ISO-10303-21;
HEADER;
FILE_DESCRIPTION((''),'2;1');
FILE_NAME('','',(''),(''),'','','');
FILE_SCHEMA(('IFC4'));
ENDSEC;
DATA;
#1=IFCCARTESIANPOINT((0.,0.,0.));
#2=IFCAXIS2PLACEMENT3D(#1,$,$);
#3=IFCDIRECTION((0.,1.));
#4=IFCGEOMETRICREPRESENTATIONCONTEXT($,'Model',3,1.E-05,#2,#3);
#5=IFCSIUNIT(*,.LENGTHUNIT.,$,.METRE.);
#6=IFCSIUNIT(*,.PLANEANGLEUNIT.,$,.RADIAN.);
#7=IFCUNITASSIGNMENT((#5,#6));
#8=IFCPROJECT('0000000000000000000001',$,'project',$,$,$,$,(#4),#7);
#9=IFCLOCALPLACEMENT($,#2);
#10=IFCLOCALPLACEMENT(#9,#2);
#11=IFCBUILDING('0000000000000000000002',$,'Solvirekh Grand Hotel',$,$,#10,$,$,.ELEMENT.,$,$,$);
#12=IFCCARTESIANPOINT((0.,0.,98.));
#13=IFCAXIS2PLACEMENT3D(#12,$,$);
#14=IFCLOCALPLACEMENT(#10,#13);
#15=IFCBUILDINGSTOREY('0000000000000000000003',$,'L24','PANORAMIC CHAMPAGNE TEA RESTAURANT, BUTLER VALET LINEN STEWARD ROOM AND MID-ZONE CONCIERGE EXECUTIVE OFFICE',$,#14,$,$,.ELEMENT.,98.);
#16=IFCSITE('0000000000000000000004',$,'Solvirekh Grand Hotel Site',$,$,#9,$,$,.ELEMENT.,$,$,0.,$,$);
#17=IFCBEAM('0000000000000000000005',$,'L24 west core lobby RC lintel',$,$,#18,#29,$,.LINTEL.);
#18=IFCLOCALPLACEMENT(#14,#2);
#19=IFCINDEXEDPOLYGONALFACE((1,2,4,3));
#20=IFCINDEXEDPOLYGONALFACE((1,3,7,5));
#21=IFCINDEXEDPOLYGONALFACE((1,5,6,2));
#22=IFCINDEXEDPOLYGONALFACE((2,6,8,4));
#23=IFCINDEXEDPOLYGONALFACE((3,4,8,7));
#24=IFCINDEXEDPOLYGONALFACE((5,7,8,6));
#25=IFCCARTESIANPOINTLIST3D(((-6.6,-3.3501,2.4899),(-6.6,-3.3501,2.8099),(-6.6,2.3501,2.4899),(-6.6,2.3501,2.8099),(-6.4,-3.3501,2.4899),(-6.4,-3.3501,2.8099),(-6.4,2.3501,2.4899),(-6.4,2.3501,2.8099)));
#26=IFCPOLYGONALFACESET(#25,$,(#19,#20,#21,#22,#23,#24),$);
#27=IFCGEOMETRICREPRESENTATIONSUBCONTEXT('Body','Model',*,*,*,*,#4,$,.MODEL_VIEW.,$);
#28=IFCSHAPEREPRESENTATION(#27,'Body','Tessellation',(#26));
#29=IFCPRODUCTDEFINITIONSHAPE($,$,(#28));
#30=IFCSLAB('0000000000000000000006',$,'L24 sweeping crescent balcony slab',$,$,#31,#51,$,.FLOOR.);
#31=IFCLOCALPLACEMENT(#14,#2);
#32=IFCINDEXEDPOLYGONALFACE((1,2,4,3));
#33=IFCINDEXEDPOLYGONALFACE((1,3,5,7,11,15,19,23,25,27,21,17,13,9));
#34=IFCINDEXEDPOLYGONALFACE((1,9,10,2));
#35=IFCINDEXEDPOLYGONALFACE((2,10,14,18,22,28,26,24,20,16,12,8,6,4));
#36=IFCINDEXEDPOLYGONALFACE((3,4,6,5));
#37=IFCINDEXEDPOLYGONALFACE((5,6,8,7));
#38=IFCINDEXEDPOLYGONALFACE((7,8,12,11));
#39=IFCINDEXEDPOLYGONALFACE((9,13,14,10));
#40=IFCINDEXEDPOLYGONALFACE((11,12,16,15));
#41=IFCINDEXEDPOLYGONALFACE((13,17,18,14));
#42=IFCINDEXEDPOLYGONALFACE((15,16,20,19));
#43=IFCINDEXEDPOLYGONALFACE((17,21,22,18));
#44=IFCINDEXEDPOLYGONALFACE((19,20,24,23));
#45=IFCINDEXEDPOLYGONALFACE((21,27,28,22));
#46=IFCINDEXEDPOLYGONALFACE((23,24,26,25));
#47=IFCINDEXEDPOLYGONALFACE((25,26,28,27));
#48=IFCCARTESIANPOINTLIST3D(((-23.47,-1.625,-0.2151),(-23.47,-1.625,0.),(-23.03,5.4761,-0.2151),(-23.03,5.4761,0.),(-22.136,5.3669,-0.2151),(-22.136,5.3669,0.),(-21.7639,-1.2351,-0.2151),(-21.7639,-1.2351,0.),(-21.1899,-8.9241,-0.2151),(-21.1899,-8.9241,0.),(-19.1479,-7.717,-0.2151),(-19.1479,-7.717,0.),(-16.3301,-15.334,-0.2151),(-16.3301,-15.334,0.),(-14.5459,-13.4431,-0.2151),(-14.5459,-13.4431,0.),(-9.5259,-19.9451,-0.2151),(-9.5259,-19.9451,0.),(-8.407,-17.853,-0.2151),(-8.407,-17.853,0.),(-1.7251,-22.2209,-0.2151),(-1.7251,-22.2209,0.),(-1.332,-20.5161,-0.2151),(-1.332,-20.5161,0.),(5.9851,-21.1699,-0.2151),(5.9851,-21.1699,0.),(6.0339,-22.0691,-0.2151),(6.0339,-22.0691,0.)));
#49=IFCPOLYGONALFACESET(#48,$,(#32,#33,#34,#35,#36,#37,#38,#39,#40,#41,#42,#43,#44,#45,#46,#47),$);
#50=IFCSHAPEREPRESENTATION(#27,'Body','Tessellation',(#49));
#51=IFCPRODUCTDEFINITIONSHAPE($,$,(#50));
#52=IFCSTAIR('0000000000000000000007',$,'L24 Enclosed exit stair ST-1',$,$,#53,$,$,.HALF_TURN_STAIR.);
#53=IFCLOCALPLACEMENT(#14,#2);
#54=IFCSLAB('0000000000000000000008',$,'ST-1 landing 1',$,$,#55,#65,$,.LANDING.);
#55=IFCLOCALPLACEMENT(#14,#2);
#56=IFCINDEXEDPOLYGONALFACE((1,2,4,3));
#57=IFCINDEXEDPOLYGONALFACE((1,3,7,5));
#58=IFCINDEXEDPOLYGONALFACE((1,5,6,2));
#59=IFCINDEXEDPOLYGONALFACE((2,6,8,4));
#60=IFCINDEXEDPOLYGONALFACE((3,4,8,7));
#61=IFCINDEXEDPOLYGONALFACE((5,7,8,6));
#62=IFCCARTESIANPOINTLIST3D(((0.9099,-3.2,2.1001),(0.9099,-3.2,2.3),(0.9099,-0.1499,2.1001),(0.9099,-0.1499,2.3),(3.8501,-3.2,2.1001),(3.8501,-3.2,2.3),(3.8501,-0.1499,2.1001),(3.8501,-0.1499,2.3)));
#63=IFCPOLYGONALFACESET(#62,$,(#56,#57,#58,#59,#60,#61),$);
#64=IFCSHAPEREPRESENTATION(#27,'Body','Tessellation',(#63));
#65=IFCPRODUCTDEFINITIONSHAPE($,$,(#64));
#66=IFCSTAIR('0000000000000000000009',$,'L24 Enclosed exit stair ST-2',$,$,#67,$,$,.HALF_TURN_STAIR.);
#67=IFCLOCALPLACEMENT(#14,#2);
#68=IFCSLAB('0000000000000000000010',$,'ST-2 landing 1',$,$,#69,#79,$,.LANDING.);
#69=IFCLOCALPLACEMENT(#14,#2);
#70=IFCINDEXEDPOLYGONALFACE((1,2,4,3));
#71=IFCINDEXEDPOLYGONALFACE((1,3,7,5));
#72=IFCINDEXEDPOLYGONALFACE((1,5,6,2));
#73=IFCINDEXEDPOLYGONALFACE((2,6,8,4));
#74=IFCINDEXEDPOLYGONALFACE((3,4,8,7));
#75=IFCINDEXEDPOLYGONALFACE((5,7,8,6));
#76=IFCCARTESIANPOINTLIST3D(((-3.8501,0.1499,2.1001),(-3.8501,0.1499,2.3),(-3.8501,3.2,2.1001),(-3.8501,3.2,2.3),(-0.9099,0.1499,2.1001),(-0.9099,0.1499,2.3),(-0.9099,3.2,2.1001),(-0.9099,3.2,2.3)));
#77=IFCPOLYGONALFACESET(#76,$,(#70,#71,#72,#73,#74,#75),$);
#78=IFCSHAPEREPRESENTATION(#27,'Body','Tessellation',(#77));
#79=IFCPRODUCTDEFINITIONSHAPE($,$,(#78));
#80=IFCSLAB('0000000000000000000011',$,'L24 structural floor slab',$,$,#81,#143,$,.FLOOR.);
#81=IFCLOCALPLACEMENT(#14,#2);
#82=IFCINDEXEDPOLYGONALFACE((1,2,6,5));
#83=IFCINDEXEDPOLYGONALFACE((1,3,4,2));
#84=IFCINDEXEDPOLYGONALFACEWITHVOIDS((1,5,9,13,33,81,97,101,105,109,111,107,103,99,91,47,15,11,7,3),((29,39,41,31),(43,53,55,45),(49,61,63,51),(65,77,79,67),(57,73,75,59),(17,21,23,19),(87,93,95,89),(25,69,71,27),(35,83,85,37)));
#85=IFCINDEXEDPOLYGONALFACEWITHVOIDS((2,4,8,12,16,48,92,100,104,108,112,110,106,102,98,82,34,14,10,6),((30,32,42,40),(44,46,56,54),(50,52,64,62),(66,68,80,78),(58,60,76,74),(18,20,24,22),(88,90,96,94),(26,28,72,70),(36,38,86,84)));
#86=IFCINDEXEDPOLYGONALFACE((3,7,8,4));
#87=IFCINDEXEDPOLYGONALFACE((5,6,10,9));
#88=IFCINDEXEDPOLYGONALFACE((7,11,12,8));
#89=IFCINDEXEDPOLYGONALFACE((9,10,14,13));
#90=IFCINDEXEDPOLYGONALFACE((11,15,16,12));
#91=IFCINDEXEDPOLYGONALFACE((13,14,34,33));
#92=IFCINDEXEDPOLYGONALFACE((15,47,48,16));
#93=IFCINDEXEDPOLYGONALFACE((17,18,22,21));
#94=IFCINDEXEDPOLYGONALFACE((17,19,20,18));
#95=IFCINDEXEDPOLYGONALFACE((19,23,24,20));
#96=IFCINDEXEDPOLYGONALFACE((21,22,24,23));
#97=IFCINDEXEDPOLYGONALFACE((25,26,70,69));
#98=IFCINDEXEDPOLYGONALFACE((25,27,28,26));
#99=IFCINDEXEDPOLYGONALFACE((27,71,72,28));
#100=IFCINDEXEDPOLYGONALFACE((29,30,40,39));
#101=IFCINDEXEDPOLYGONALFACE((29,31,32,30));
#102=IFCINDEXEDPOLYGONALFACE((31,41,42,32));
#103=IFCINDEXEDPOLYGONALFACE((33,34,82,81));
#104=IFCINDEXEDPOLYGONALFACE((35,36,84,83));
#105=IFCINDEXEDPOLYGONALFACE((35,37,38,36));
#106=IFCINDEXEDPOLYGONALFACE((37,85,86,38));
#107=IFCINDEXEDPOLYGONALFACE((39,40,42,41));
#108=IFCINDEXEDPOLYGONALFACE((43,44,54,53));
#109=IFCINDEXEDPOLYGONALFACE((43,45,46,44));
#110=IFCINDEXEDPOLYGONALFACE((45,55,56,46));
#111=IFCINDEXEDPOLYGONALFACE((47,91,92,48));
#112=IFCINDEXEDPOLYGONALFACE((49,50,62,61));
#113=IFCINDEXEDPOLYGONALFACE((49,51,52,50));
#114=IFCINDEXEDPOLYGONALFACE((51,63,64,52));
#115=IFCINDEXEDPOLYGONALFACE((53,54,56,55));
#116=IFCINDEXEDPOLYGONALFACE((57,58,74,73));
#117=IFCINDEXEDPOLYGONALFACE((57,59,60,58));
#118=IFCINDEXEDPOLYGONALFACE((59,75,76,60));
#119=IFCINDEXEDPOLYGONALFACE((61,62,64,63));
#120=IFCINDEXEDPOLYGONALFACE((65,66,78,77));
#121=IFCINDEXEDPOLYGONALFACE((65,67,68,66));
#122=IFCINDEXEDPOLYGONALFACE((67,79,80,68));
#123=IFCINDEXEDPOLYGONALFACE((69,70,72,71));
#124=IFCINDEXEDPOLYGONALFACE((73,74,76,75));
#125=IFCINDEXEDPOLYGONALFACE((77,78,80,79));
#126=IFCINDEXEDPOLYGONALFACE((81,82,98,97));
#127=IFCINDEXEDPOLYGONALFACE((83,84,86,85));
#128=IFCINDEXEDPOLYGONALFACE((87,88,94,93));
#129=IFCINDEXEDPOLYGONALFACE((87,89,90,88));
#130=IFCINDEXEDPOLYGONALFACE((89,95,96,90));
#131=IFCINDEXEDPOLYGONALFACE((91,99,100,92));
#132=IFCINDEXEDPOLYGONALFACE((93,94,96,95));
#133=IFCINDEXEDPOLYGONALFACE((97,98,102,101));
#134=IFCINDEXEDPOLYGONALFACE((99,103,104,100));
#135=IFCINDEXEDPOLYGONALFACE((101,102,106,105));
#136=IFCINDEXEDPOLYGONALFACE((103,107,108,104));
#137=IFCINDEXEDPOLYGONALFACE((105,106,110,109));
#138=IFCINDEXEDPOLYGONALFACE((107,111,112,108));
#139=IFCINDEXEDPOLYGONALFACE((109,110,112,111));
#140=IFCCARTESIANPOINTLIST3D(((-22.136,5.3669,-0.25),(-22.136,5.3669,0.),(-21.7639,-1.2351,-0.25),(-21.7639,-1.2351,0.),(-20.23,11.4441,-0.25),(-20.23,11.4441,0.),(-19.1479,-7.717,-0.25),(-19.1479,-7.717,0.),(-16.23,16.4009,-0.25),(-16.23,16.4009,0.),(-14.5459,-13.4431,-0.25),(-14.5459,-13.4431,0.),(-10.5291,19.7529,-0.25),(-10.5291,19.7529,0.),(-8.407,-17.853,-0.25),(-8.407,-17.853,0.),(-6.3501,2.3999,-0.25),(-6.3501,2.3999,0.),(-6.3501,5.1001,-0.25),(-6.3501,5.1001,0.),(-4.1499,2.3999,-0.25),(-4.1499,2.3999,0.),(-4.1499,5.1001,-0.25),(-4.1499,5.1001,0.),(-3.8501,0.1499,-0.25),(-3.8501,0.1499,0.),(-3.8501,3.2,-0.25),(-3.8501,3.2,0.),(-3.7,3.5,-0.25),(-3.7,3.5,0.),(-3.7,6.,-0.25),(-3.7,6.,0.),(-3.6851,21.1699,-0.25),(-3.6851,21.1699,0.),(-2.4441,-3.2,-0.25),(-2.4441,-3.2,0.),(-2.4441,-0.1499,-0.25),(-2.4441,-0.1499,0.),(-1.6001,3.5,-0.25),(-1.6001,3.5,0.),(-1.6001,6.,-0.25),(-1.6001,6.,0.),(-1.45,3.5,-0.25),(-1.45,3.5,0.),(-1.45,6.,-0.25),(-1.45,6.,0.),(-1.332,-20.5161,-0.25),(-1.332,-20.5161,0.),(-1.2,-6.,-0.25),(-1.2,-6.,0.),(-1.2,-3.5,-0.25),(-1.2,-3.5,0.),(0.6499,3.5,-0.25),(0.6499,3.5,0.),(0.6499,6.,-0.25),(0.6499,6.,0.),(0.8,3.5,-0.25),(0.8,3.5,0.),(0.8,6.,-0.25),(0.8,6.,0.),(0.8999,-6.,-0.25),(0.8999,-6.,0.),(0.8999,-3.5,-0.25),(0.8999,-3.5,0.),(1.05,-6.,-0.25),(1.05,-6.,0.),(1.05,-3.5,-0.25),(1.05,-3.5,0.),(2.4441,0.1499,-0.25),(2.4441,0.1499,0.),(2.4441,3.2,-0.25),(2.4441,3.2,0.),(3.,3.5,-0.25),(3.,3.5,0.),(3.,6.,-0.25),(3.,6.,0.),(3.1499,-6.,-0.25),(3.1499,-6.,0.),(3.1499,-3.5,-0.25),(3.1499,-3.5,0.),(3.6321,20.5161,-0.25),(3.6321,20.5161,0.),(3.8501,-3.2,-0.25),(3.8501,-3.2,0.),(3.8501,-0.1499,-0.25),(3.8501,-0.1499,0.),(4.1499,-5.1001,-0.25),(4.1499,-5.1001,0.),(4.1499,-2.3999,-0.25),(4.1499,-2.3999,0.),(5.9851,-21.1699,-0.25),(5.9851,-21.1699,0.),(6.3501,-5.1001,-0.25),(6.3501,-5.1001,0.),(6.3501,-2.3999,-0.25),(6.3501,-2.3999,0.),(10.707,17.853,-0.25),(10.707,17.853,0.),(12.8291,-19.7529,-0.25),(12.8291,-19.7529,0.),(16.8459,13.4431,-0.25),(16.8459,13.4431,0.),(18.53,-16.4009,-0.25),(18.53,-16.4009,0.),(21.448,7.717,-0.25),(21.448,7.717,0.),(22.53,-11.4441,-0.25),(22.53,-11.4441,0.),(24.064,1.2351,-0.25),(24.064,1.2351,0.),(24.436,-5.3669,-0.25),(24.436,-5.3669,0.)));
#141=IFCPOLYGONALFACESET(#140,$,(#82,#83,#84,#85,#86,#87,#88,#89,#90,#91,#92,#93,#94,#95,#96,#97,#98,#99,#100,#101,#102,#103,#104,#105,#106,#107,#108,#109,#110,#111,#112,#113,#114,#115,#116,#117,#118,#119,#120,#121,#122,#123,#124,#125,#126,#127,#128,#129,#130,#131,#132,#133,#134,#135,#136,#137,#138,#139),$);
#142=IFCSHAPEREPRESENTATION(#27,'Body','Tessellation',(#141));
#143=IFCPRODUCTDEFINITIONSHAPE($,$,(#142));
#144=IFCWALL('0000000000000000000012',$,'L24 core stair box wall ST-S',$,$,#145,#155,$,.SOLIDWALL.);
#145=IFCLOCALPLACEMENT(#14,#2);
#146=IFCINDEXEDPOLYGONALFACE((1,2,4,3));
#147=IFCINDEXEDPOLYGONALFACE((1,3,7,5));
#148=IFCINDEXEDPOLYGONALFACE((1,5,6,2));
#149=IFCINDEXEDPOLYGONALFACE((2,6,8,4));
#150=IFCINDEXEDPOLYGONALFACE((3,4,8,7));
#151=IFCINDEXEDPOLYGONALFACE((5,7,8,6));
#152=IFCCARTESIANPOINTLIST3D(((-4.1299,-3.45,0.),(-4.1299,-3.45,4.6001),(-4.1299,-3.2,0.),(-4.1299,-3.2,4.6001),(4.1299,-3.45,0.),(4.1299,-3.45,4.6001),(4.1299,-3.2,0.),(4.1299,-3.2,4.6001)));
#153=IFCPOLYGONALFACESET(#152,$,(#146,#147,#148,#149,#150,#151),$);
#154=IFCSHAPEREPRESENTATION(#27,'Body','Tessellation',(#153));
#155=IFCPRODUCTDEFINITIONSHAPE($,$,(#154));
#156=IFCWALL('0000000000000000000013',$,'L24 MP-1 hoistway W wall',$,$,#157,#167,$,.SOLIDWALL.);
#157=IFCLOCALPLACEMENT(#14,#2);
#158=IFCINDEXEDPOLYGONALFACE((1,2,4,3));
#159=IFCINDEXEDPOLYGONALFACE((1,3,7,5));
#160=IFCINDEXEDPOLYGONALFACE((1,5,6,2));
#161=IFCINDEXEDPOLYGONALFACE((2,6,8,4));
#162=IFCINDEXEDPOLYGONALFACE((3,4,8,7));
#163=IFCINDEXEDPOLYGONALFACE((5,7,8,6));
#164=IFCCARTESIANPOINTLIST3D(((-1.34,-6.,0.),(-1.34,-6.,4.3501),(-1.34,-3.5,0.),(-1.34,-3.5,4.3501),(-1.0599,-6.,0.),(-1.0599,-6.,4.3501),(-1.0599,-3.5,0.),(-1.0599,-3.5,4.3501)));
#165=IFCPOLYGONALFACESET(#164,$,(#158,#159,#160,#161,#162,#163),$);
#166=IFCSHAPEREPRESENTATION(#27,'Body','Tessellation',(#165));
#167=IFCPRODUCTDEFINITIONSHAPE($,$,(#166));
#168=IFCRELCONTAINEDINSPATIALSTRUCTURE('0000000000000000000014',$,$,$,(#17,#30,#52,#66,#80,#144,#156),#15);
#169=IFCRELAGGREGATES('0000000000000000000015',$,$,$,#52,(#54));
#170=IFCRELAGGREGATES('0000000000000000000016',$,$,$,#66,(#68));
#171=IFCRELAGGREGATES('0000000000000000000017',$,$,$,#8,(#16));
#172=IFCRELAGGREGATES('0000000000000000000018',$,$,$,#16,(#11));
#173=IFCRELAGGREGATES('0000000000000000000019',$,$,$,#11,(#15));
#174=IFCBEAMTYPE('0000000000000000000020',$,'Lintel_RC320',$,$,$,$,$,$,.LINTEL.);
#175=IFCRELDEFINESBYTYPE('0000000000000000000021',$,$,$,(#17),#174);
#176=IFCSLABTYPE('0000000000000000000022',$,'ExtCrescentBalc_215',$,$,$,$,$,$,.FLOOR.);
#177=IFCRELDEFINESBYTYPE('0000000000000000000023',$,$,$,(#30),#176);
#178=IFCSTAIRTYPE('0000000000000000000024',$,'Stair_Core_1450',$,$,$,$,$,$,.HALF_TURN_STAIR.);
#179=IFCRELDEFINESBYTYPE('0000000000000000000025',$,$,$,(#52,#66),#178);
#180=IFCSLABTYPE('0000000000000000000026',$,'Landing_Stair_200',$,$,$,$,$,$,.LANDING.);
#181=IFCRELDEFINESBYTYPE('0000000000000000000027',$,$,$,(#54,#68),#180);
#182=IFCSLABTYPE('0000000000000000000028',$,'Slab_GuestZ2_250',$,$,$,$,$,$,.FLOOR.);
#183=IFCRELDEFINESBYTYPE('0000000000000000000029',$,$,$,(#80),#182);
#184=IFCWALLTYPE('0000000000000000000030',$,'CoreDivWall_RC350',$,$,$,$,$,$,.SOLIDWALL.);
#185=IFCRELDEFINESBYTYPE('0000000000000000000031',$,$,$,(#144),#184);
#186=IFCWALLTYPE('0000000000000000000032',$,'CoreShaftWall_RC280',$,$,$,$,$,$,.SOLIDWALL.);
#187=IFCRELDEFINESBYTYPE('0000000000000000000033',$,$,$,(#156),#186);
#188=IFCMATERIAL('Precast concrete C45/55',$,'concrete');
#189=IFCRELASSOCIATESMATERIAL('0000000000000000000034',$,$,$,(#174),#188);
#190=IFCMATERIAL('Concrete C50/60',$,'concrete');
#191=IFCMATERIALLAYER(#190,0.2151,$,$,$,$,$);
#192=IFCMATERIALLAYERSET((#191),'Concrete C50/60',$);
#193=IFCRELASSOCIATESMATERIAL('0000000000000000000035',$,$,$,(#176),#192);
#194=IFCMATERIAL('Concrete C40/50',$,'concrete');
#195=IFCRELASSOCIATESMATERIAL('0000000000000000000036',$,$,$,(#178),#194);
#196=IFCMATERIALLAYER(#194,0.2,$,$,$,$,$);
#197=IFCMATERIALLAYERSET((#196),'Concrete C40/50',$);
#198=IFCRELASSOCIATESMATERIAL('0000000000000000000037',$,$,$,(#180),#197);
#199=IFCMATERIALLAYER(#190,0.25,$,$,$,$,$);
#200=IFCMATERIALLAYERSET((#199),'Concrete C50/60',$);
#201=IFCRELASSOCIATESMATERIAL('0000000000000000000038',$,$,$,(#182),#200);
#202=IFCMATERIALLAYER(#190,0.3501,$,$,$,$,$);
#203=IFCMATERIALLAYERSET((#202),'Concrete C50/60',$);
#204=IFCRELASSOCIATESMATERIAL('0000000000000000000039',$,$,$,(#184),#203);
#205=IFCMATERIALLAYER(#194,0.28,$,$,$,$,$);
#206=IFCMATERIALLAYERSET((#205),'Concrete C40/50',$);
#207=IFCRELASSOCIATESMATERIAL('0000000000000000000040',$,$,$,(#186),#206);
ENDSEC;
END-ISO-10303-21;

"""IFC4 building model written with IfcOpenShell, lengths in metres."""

from ifc_helpers import new_model, si_unit, direction, frame, frame_2d, origin, origin_2d, place, context, subcontext, project, spatial, polyline, rectangle, outline, extrude, material, layer, layer_set, material_profile, profile_set, type_object, element, aggregate, save


model = new_model("IFC4")

# Units and contexts
model_context = context("Model", 3, precision=1e-05, world=origin(), true_north=direction((0.0, 1.0)))
body_context = subcontext(model_context, "Body", "Model", "MODEL_VIEW")
ifc_project = project(units=[si_unit("LENGTHUNIT", "METRE"), si_unit("PLANEANGLEUNIT", "RADIAN")], contexts=[model_context])

# Site, building, storey
site_placement = place(None, origin())
site = spatial("IfcSite", under=ifc_project, at=site_placement, Name="Solvirekh Grand Hotel Site", CompositionType="ELEMENT", RefElevation=0.0)
building_placement = place(site_placement, origin())
building = spatial("IfcBuilding", under=site, at=building_placement, Name="Solvirekh Grand Hotel", CompositionType="ELEMENT")
storey_placement = place(building_placement, frame((0.0, 0.0, 98.0)))
storey = spatial("IfcBuildingStorey", under=building, at=storey_placement, Name="L24", Description="PANORAMIC CHAMPAGNE TEA RESTAURANT, BUTLER VALET LINEN STEWARD ROOM AND MID-ZONE CONCIERGE EXECUTIVE OFFICE", CompositionType="ELEMENT", Elevation=98.0)

# Beam
ifc_material_1 = material(Name="Precast concrete C45/55", Category="concrete")
ifc_material_profile = material_profile(ifc_material_1, rectangle(XDim=0.2, YDim=0.3201, at=origin_2d()), Name="RC LINTEL 200X320")
ifc_profile_set = profile_set([ifc_material_profile], Name="Precast concrete C45/55")
beam_type = type_object("IfcBeamType", Name="Lintel_RC320", PredefinedType="LINTEL", material=ifc_profile_set)
beam_placement = place(storey_placement, frame((-6.5, -3.3501, 2.6499), z_axis=(0.0, 1.0, 0.0), x_axis=(-1.0, 0.0, 0.0)))
element("IfcBeam", 1, at=beam_placement, inside=storey, type_object=beam_type, Name="L24 west core lobby RC lintel", PredefinedType="LINTEL", context=body_context, shape_type="SweptSolid", body=[
    extrude(rectangle(XDim=0.2, YDim=0.3201, at=origin_2d()), origin(), (0.0, 0.0, 1.0), 5.7002),
])

# Slab
ifc_material_2 = material(Name="Concrete C50/60", Category="concrete")
ifc_layer_1 = layer(ifc_material_2, 0.2151)
ifc_layer_set_1 = layer_set([ifc_layer_1], Name="Concrete C50/60")
slab_type_1 = type_object("IfcSlabType", Name="ExtCrescentBalc_215", PredefinedType="FLOOR", material=ifc_layer_set_1)
slab_1_placement = place(storey_placement, frame((0.0, 0.0, -0.2151)))
element("IfcSlab", 2, at=slab_1_placement, inside=storey, type_object=slab_type_1, Name="L24 sweeping crescent balcony slab", PredefinedType="FLOOR", context=body_context, shape_type="SweptSolid", body=[
    extrude(outline(polyline([(-23.03, 5.4761), (-23.47, -1.625), (-21.1899, -8.9241), (-16.3301, -15.334), (-9.5259, -19.9451), (-1.7251, -22.2209), (6.0339, -22.0691), (5.9851, -21.1699), (-1.332, -20.5161), (-8.407, -17.853), (-14.5459, -13.4431), (-19.1479, -7.717), (-21.7639, -1.2351), (-22.136, 5.3669), (-23.03, 5.4761)])), origin(), (0.0, 0.0, 1.0), 0.2151),
])

# Stairs, slabs
ifc_material_3 = material(Name="Concrete C40/50", Category="concrete")
stair_type = type_object("IfcStairType", Name="Stair_Core_1450", PredefinedType="HALF_TURN_STAIR", material=ifc_material_3)
stair_1_placement = place(storey_placement, origin())
stair_1 = element("IfcStair", 3, at=stair_1_placement, inside=storey, type_object=stair_type, Name="L24 Enclosed exit stair ST-1", PredefinedType="HALF_TURN_STAIR")
ifc_layer_2 = layer(ifc_material_3, 0.2)
ifc_layer_set_2 = layer_set([ifc_layer_2], Name="Concrete C40/50")
slab_type_2 = type_object("IfcSlabType", Name="Landing_Stair_200", PredefinedType="LANDING", material=ifc_layer_set_2)
slab_2_placement = place(storey_placement, frame((0.0, 0.0, 2.1001)))
slab_2 = element("IfcSlab", 4, at=slab_2_placement, type_object=slab_type_2, Name="ST-1 landing 1", PredefinedType="LANDING", context=body_context, shape_type="SweptSolid", body=[
    extrude(outline(polyline([(0.9099, -3.2), (3.8501, -3.2), (3.8501, -0.1499), (0.9099, -0.1499), (0.9099, -3.2)])), origin(), (0.0, 0.0, 1.0), 0.2),
])
stair_2_placement = place(storey_placement, origin())
stair_2 = element("IfcStair", 5, at=stair_2_placement, inside=storey, type_object=stair_type, Name="L24 Enclosed exit stair ST-2", PredefinedType="HALF_TURN_STAIR")
slab_3_placement = place(storey_placement, frame((0.0, 0.0, 2.1001)))
slab_3 = element("IfcSlab", 6, at=slab_3_placement, type_object=slab_type_2, Name="ST-2 landing 1", PredefinedType="LANDING", context=body_context, shape_type="SweptSolid", body=[
    extrude(outline(polyline([(-0.9099, 3.2), (-3.8501, 3.2), (-3.8501, 0.1499), (-0.9099, 0.1499), (-0.9099, 3.2)])), origin(), (0.0, 0.0, 1.0), 0.2),
])

# Slab
ifc_layer_3 = layer(ifc_material_2, 0.25)
ifc_layer_set_3 = layer_set([ifc_layer_3], Name="Concrete C50/60")
slab_type_3 = type_object("IfcSlabType", Name="Slab_GuestZ2_250", PredefinedType="FLOOR", material=ifc_layer_set_3)
slab_4_placement = place(storey_placement, frame((0.0, 0.0, -0.25)))
element("IfcSlab", 7, at=slab_4_placement, inside=storey, type_object=slab_type_3, Name="L24 structural floor slab", PredefinedType="FLOOR", context=body_context, shape_type="SweptSolid", body=[
    extrude(outline(polyline([(22.53, -11.4441), (24.436, -5.3669), (24.064, 1.2351), (21.448, 7.717), (16.8459, 13.4431), (10.707, 17.853), (3.6321, 20.5161), (-3.6851, 21.1699), (-10.5291, 19.7529), (-16.23, 16.4009), (-20.23, 11.4441), (-22.136, 5.3669), (-21.7639, -1.2351), (-19.1479, -7.717), (-14.5459, -13.4431), (-8.407, -17.853), (-1.332, -20.5161), (5.9851, -21.1699), (12.8291, -19.7529), (18.53, -16.4009), (22.53, -11.4441)]), holes=[polyline([(-2.4441, -0.1499), (3.8501, -0.1499), (3.8501, -3.2), (-2.4441, -3.2), (-2.4441, -0.1499)]), polyline([(2.4441, 0.1499), (-3.8501, 0.1499), (-3.8501, 3.2), (2.4441, 3.2), (2.4441, 0.1499)]), polyline([(-1.2, -3.5), (0.8999, -3.5), (0.8999, -6.0), (-1.2, -6.0), (-1.2, -3.5)]), polyline([(1.05, -3.5), (3.1499, -3.5), (3.1499, -6.0), (1.05, -6.0), (1.05, -3.5)]), polyline([(-3.7, 6.0), (-1.6001, 6.0), (-1.6001, 3.5), (-3.7, 3.5), (-3.7, 6.0)]), polyline([(-1.45, 6.0), (0.6499, 6.0), (0.6499, 3.5), (-1.45, 3.5), (-1.45, 6.0)]), polyline([(0.8, 6.0), (3.0, 6.0), (3.0, 3.5), (0.8, 3.5), (0.8, 6.0)]), polyline([(-6.3501, 5.1001), (-4.1499, 5.1001), (-4.1499, 2.3999), (-6.3501, 2.3999), (-6.3501, 5.1001)]), polyline([(4.1499, -2.3999), (6.3501, -2.3999), (6.3501, -5.1001), (4.1499, -5.1001), (4.1499, -2.3999)])]), origin(), (0.0, 0.0, 1.0), 0.25),
])

# Walls
ifc_layer_4 = layer(ifc_material_2, 0.3501)
ifc_layer_set_4 = layer_set([ifc_layer_4], Name="Concrete C50/60")
wall_type_1 = type_object("IfcWallType", Name="CoreDivWall_RC350", PredefinedType="SOLIDWALL", material=ifc_layer_set_4)
wall_1_placement = place(storey_placement, frame((-4.1299, -3.325, 0.0), z_axis=(0.0, 0.0, 1.0), x_axis=(1.0, 0.0, 0.0)))
element("IfcWall", 8, at=wall_1_placement, inside=storey, type_object=wall_type_1, Name="L24 core stair box wall ST-S", PredefinedType="SOLIDWALL", context=body_context, shape_type="SweptSolid", body=[
    extrude(rectangle(XDim=8.2598, YDim=0.25, at=frame_2d((4.1299, 0.0))), origin(), (0.0, 0.0, 1.0), 4.6001),
])
ifc_layer_5 = layer(ifc_material_3, 0.28)
ifc_layer_set_5 = layer_set([ifc_layer_5], Name="Concrete C40/50")
wall_type_2 = type_object("IfcWallType", Name="CoreShaftWall_RC280", PredefinedType="SOLIDWALL", material=ifc_layer_set_5)
wall_2_placement = place(storey_placement, frame((-1.2, -3.5, 0.0), z_axis=(0.0, 0.0, 1.0), x_axis=(0.0, -1.0, 0.0)))
element("IfcWall", 9, at=wall_2_placement, inside=storey, type_object=wall_type_2, Name="L24 MP-1 hoistway W wall", PredefinedType="SOLIDWALL", context=body_context, shape_type="SweptSolid", body=[
    extrude(rectangle(XDim=2.5, YDim=0.28, at=frame_2d((1.25, 0.0))), origin(), (0.0, 0.0, 1.0), 4.3501),
])

aggregate(stair_1, [slab_2])
aggregate(stair_2, [slab_3])

save(model, "model.ifc")
